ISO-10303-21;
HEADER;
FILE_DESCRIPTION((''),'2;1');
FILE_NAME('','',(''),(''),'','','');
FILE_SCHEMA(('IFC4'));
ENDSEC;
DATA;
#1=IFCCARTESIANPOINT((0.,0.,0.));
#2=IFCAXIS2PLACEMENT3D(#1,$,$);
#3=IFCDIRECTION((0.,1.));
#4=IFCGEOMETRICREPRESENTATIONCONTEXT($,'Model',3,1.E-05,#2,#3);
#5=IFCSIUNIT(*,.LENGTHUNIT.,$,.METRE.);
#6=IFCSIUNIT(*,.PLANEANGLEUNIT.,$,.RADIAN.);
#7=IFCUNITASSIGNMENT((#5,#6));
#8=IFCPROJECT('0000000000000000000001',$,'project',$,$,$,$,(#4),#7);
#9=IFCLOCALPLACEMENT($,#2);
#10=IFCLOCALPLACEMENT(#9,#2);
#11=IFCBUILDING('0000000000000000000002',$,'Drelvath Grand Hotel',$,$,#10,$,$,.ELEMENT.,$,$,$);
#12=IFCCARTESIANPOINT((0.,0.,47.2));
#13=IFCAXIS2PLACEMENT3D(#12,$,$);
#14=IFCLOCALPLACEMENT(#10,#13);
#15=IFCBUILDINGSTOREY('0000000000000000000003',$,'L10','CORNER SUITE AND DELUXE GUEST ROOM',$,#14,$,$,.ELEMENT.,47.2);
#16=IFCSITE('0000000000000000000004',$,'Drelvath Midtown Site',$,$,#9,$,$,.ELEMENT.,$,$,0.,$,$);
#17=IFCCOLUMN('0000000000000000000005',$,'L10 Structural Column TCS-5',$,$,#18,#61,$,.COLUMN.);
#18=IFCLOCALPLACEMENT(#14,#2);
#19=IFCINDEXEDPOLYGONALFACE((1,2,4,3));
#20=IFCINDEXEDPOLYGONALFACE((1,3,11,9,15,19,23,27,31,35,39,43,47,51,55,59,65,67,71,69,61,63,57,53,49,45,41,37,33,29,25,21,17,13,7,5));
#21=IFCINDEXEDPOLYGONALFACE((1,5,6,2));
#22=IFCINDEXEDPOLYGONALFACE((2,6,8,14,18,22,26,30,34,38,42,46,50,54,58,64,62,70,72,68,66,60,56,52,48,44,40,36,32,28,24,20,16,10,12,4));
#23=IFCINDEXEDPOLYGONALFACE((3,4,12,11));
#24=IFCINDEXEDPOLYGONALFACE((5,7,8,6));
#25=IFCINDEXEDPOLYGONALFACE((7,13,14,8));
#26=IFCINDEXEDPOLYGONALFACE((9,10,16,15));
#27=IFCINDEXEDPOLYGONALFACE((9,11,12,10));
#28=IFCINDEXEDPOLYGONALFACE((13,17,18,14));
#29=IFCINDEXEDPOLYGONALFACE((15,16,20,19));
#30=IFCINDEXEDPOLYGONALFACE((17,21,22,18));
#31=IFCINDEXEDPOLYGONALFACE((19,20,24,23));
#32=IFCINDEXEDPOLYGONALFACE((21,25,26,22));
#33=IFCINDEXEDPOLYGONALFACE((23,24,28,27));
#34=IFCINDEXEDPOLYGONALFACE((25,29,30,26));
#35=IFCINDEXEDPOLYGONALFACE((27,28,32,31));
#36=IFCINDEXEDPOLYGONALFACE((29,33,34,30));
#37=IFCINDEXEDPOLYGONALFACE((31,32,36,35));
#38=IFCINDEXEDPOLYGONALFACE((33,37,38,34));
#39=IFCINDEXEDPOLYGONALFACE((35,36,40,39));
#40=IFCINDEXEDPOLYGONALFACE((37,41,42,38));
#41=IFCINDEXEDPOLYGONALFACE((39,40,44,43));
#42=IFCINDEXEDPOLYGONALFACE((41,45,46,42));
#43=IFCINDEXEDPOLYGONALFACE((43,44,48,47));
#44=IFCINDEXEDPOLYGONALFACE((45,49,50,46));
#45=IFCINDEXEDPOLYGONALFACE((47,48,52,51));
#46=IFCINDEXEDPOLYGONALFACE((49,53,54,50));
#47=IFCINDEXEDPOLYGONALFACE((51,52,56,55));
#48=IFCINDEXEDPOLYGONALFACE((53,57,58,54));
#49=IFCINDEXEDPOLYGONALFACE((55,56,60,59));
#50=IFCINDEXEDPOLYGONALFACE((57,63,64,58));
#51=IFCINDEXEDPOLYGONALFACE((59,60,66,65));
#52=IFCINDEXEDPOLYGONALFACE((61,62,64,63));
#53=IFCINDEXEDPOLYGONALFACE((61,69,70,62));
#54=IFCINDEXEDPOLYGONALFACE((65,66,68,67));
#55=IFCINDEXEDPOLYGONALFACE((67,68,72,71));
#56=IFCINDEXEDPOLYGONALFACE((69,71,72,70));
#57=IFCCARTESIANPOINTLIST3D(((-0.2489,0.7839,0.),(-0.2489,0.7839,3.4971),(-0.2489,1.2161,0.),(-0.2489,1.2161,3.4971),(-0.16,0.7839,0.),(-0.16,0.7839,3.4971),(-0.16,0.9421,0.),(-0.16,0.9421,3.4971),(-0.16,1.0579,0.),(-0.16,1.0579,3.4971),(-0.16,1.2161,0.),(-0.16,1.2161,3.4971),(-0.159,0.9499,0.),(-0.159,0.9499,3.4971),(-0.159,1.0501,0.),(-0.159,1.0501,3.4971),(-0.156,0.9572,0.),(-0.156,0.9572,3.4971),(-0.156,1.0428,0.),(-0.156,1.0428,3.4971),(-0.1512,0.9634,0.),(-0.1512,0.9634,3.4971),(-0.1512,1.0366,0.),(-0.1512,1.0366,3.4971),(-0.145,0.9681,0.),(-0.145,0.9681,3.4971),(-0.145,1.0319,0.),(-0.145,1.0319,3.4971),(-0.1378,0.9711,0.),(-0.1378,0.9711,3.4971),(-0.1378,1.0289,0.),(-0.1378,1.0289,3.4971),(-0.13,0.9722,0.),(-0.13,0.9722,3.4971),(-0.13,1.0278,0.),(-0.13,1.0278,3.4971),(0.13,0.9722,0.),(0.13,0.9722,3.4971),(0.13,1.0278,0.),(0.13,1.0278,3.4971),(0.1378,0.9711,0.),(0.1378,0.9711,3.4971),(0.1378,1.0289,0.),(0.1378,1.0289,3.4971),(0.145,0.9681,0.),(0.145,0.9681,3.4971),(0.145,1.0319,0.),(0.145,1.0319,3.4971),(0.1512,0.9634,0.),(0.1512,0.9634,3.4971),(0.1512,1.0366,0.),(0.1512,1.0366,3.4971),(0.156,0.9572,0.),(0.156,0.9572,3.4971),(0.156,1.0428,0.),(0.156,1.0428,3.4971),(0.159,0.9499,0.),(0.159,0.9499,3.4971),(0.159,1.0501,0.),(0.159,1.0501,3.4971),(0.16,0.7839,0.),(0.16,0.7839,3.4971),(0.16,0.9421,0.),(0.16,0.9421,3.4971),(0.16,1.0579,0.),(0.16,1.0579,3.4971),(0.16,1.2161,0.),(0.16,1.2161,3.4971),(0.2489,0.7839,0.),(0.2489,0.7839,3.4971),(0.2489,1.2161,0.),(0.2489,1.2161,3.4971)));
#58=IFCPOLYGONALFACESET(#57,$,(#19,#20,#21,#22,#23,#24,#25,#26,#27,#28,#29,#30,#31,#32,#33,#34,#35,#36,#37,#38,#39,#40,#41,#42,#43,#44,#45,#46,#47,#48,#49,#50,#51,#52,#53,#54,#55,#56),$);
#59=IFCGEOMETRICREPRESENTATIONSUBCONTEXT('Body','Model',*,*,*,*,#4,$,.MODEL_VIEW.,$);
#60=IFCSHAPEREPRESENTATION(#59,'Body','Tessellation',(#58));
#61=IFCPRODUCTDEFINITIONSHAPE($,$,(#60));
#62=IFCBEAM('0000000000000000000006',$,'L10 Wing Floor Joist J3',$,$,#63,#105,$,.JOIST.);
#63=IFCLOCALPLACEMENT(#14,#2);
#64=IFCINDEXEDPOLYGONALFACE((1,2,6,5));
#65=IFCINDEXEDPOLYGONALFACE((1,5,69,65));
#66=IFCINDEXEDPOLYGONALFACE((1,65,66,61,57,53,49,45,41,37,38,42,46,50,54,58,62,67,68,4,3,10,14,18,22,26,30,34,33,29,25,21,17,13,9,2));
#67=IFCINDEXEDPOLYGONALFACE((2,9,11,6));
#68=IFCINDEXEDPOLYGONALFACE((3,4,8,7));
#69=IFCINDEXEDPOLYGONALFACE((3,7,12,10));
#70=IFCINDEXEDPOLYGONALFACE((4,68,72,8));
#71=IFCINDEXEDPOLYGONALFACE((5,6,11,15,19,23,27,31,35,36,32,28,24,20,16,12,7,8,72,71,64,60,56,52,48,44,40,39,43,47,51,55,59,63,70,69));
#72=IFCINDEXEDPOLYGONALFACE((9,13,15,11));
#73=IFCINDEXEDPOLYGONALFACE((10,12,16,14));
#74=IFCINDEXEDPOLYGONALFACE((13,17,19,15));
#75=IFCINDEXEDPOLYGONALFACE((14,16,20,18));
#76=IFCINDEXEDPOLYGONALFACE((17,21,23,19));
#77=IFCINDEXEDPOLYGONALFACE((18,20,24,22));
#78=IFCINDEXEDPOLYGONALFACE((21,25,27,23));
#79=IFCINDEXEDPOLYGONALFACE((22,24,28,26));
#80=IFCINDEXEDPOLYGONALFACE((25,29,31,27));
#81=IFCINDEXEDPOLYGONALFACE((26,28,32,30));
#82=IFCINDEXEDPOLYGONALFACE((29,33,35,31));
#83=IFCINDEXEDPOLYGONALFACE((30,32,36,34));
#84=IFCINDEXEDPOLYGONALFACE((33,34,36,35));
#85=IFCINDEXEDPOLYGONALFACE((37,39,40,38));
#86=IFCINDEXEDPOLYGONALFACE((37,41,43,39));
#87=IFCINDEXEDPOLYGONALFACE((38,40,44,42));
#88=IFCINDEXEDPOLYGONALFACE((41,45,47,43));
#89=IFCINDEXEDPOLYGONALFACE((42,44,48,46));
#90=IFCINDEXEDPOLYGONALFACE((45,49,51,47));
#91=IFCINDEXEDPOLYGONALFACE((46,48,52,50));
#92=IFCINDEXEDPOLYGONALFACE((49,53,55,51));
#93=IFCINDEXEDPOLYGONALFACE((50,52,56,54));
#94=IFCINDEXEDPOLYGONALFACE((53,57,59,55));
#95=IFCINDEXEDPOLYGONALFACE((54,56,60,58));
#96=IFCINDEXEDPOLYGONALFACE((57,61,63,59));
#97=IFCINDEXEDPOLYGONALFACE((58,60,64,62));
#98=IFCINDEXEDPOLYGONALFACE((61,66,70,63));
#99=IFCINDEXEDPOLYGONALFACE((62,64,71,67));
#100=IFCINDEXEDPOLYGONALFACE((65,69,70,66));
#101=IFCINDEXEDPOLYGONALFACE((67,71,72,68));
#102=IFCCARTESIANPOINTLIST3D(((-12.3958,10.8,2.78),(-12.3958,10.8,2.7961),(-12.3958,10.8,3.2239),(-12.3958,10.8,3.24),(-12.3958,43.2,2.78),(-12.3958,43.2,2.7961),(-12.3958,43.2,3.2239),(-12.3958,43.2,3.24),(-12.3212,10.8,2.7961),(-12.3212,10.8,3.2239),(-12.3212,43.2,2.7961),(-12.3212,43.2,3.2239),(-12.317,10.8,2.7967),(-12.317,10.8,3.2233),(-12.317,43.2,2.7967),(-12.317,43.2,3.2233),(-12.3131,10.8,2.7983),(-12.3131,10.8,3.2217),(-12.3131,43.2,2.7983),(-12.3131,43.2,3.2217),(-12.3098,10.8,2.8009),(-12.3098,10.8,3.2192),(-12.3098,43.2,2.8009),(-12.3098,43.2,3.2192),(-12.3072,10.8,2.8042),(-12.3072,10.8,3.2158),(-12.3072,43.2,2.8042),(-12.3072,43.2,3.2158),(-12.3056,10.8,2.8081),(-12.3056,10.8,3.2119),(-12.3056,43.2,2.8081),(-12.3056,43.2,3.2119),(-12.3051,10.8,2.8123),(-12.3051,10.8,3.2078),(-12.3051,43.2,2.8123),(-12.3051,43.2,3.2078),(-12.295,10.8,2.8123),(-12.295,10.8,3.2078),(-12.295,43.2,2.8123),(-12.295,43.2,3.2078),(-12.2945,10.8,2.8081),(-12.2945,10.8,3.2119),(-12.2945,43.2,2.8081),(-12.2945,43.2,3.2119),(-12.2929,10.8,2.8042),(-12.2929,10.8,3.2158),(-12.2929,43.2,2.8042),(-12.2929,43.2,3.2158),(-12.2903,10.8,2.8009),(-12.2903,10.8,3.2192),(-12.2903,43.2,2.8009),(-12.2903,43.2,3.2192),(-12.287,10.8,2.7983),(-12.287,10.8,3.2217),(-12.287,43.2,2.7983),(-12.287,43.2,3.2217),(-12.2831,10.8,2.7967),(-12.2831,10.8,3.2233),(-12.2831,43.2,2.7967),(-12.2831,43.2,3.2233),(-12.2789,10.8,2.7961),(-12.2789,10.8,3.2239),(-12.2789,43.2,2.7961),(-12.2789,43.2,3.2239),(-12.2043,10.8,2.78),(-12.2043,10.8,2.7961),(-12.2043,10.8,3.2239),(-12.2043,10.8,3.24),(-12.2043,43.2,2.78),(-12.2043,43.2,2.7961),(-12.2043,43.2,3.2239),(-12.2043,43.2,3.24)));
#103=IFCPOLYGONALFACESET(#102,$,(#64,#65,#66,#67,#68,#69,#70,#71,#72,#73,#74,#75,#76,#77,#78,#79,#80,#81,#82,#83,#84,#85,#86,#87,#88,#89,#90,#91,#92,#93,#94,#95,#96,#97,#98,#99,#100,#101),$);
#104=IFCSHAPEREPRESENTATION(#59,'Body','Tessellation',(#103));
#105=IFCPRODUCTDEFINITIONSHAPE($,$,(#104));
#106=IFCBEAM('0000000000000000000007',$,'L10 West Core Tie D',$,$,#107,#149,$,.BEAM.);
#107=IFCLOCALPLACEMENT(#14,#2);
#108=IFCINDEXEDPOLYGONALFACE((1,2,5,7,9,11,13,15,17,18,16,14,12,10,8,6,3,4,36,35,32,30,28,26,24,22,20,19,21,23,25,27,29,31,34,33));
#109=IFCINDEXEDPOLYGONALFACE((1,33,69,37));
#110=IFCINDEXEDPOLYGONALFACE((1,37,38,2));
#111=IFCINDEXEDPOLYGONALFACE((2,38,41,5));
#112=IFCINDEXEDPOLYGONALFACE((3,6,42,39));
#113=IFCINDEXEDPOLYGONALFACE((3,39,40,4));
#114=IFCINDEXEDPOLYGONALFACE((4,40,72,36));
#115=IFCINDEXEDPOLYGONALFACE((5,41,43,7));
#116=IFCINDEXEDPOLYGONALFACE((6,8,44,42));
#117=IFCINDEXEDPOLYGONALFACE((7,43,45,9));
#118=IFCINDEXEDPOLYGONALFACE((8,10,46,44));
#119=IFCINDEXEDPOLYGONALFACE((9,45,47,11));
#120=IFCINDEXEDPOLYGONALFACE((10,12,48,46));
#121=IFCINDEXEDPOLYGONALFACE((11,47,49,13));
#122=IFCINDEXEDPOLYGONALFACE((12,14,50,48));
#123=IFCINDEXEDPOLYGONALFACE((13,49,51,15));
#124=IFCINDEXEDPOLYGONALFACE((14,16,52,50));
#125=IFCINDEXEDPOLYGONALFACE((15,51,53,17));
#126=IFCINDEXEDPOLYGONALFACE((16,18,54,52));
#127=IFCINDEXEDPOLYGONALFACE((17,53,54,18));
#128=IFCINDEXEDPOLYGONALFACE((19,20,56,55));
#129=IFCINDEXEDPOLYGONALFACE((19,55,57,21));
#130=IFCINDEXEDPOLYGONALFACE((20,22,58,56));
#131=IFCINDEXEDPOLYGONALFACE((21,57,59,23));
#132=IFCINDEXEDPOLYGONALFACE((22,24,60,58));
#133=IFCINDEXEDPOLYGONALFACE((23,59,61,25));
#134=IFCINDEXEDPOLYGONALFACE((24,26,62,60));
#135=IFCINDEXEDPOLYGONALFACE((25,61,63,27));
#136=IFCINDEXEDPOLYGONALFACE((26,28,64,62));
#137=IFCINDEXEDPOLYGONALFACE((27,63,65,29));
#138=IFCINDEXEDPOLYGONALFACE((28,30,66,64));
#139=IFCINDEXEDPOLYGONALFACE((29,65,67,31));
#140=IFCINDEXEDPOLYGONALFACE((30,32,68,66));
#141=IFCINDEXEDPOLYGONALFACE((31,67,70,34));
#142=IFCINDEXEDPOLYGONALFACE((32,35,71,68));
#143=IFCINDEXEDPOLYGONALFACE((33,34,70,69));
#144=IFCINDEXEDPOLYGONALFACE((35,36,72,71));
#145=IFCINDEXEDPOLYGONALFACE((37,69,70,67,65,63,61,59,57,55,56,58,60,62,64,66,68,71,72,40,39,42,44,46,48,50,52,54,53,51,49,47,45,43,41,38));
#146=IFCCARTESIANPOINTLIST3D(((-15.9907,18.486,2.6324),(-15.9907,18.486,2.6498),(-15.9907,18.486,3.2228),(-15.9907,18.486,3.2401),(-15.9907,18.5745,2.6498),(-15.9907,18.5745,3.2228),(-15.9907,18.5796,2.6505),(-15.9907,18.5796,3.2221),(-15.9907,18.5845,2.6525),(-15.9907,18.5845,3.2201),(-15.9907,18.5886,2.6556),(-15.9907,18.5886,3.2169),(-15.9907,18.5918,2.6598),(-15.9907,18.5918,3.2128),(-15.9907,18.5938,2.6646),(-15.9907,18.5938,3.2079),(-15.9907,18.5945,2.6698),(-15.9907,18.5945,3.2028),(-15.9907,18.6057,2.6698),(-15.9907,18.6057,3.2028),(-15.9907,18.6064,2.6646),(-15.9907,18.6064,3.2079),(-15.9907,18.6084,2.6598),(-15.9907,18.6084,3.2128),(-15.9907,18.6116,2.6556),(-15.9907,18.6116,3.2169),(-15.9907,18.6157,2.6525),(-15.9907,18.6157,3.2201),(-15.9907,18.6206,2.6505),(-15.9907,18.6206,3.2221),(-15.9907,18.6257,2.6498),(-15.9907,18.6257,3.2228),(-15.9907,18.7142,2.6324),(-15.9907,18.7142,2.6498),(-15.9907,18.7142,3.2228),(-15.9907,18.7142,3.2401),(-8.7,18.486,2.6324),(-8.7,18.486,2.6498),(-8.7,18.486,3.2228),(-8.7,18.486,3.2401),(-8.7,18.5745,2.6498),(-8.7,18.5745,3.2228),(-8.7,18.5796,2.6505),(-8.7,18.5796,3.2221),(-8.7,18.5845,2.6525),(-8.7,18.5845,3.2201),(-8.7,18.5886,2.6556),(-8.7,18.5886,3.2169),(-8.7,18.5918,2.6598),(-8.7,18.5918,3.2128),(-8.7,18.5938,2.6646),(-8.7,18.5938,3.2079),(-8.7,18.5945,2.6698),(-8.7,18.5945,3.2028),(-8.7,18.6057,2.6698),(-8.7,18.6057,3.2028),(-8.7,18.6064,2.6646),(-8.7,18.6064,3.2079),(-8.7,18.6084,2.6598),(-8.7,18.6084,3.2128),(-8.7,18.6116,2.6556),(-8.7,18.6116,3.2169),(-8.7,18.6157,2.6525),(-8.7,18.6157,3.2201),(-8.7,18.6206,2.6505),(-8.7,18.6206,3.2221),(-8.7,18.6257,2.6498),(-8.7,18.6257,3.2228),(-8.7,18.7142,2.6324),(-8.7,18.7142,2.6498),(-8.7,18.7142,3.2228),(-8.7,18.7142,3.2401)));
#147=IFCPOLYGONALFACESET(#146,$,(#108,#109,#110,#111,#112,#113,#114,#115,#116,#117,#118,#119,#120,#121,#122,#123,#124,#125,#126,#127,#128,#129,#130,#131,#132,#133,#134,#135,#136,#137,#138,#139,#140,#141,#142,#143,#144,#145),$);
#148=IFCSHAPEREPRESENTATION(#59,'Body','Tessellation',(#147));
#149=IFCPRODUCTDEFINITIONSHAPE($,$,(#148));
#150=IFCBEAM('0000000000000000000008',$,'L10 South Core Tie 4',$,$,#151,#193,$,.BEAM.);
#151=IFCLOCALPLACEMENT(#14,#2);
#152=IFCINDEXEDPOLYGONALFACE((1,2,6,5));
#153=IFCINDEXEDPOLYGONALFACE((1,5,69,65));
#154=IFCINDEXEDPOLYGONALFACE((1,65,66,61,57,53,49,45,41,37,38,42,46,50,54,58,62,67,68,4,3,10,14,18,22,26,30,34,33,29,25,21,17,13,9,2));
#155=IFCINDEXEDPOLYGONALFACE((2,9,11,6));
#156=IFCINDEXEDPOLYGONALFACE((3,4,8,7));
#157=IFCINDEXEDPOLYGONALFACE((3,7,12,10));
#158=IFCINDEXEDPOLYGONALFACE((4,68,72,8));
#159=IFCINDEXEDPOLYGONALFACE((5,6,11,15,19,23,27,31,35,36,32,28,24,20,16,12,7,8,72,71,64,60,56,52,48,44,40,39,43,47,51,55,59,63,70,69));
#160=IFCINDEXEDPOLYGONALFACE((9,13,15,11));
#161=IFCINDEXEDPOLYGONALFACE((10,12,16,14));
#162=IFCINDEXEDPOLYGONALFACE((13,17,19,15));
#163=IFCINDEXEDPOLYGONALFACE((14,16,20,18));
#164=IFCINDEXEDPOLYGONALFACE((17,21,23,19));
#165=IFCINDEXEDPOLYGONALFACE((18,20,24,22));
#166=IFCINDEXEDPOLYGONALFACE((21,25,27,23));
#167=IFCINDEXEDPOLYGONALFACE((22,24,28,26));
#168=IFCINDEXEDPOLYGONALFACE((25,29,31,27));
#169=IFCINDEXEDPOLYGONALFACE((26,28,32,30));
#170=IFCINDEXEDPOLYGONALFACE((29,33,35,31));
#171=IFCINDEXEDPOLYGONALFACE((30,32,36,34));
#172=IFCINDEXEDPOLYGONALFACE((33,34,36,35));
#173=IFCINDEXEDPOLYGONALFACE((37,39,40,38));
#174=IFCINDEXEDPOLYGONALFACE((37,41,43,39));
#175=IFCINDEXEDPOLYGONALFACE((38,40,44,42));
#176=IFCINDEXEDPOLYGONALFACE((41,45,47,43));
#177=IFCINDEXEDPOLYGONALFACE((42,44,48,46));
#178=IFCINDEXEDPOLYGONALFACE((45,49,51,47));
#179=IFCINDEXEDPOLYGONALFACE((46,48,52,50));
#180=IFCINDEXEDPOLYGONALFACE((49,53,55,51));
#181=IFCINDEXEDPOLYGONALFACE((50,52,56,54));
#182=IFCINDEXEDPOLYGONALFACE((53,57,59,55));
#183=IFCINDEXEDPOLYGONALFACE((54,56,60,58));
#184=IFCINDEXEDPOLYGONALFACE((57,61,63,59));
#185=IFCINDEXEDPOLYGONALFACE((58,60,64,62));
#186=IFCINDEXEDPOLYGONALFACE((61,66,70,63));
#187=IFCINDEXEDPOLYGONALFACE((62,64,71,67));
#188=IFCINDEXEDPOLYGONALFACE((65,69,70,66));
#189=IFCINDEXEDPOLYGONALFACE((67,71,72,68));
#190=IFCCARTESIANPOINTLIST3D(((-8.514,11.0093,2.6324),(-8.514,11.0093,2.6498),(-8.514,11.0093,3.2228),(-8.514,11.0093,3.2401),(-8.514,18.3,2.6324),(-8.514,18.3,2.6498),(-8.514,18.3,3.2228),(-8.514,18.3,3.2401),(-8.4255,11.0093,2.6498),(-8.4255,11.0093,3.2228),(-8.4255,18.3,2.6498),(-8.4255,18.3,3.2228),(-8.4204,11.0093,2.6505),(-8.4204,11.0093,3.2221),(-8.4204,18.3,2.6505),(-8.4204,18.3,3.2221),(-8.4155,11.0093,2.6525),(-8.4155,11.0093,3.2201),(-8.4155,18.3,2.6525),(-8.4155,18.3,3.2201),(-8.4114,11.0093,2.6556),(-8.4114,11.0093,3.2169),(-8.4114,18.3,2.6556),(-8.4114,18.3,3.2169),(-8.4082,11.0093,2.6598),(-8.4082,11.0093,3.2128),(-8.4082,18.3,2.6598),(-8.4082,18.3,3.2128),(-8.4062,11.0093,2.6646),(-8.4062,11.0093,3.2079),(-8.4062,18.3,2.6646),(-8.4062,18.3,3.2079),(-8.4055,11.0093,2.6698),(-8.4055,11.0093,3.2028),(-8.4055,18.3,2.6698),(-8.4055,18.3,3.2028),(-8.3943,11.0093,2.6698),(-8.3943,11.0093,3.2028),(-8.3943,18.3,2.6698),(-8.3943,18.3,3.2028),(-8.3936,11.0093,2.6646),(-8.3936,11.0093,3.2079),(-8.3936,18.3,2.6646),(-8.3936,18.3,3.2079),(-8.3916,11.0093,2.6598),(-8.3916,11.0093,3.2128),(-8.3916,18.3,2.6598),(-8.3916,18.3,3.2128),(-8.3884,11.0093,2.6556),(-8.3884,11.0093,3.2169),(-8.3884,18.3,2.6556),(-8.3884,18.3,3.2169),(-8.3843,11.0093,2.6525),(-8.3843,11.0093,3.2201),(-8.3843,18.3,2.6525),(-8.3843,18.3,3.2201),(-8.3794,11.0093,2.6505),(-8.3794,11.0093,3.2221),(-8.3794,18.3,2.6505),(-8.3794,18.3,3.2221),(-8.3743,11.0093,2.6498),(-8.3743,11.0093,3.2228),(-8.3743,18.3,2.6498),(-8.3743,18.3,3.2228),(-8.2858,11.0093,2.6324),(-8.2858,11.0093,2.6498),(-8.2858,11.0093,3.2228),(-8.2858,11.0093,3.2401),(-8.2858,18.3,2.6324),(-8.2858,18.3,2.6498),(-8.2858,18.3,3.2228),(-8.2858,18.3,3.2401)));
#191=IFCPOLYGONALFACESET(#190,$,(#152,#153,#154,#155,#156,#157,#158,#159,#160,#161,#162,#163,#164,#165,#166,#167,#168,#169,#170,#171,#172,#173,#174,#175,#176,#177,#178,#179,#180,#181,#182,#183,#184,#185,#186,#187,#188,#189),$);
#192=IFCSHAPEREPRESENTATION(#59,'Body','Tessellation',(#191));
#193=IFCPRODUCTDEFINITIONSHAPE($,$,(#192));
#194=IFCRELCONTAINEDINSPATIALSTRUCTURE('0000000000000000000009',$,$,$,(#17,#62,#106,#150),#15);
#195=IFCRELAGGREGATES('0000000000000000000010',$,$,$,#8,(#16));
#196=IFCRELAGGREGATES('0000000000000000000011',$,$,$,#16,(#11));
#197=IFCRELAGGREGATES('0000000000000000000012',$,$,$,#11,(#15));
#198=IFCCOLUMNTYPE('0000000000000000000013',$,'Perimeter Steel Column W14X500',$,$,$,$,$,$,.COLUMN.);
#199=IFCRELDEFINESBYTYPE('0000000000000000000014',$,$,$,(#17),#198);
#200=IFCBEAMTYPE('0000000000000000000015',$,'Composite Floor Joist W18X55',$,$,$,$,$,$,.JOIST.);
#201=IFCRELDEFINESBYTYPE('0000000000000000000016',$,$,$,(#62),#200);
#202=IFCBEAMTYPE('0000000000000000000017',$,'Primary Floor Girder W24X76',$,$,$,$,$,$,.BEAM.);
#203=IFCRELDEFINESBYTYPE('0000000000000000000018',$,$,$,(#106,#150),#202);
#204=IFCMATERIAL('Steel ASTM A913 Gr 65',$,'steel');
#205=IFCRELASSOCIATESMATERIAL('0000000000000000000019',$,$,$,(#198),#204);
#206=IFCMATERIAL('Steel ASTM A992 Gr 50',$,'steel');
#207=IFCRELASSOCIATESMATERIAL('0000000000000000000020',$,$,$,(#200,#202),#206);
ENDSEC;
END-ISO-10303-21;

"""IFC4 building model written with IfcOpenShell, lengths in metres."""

from ifc_helpers import new_model, si_unit, direction, frame, origin, origin_2d, place, context, subcontext, project, spatial, i_section, extrude, material, material_profile, profile_set, type_object, element, save


model = new_model("IFC4")

# Units and contexts
model_context = context("Model", 3, precision=1e-05, world=origin(), true_north=direction((0.0, 1.0)))
body_context = subcontext(model_context, "Body", "Model", "MODEL_VIEW")
ifc_project = project(units=[si_unit("LENGTHUNIT", "METRE"), si_unit("PLANEANGLEUNIT", "RADIAN")], contexts=[model_context])

# Site, building, storey
site_placement = place(None, origin())
site = spatial("IfcSite", under=ifc_project, at=site_placement, Name="Drelvath Midtown Site", CompositionType="ELEMENT", RefElevation=0.0)
building_placement = place(site_placement, origin())
building = spatial("IfcBuilding", under=site, at=building_placement, Name="Drelvath Grand Hotel", CompositionType="ELEMENT")
storey_placement = place(building_placement, frame((0.0, 0.0, 47.2)))
storey = spatial("IfcBuildingStorey", under=building, at=storey_placement, Name="L10", Description="CORNER SUITE AND DELUXE GUEST ROOM", CompositionType="ELEMENT", Elevation=47.2)

# Column
ifc_material_1 = material(Name="Steel ASTM A913 Gr 65", Category="steel")
ifc_material_profile_1 = material_profile(ifc_material_1, i_section(OverallWidth=0.4321, OverallDepth=0.4978, WebThickness=0.0557, FlangeThickness=0.0889, FilletRadius=0.03, at=origin_2d()), Name="W14X500")
ifc_profile_set_1 = profile_set([ifc_material_profile_1], Name="Steel ASTM A913 Gr 65")
column_type = type_object("IfcColumnType", Name="Perimeter Steel Column W14X500", PredefinedType="COLUMN", material=ifc_profile_set_1)
column_placement = place(storey_placement, frame((0.0, 1.0, 0.0), z_axis=(0.0, 0.0, 1.0), x_axis=(0.0, 1.0, 0.0)))
element("IfcColumn", 1, at=column_placement, inside=storey, type_object=column_type, Name="L10 Structural Column TCS-5", PredefinedType="COLUMN", context=body_context, shape_type="SweptSolid", body=[
    extrude(i_section(OverallWidth=0.4321, OverallDepth=0.4978, WebThickness=0.0557, FlangeThickness=0.0889, FilletRadius=0.03, at=origin_2d()), origin(), (0.0, 0.0, 1.0), 3.4971),
])

# Beams
ifc_material_2 = material(Name="Steel ASTM A992 Gr 50", Category="steel")
ifc_material_profile_2 = material_profile(ifc_material_2, i_section(OverallWidth=0.1914, OverallDepth=0.46, WebThickness=0.01, FlangeThickness=0.0161, FilletRadius=0.0161, at=origin_2d()), Name="W18X55")
ifc_profile_set_2 = profile_set([ifc_material_profile_2], Name="Steel ASTM A992 Gr 50")
beam_type_1 = type_object("IfcBeamType", Name="Composite Floor Joist W18X55", PredefinedType="JOIST", material=ifc_profile_set_2)
beam_1_placement = place(storey_placement, frame((-12.3, 10.8, 3.01), z_axis=(0.0, 1.0, 0.0), x_axis=(-1.0, 0.0, 0.0)))
element("IfcBeam", 2, at=beam_1_placement, inside=storey, type_object=beam_type_1, Name="L10 Wing Floor Joist J3", PredefinedType="JOIST", context=body_context, shape_type="SweptSolid", body=[
    extrude(i_section(OverallWidth=0.1914, OverallDepth=0.46, WebThickness=0.01, FlangeThickness=0.0161, FilletRadius=0.0161, at=origin_2d()), origin(), (0.0, 0.0, 1.0), 32.3999),
])
ifc_material_profile_3 = material_profile(ifc_material_2, i_section(OverallWidth=0.2283, OverallDepth=0.6077, WebThickness=0.0112, FlangeThickness=0.0173, FilletRadius=0.02, at=origin_2d()), Name="W24X76")
ifc_profile_set_3 = profile_set([ifc_material_profile_3], Name="Steel ASTM A992 Gr 50")
beam_type_2 = type_object("IfcBeamType", Name="Primary Floor Girder W24X76", PredefinedType="BEAM", material=ifc_profile_set_3)
for number, where, z_axis, x_axis, name in (
    (3, (-15.9907, 18.6001, 2.9363), (1.0, 0.0, 0.0), (0.0, 1.0, 0.0), "L10 West Core Tie D"),
    (4, (-8.3999, 11.0093, 2.9363), (0.0, 1.0, 0.0), (-1.0, 0.0, 0.0), "L10 South Core Tie 4"),
):
    element("IfcBeam", number, at=place(storey_placement, frame(where, z_axis=z_axis, x_axis=x_axis)), inside=storey, type_object=beam_type_2, Name=name, PredefinedType="BEAM", context=body_context, shape_type="SweptSolid", body=[
        extrude(i_section(OverallWidth=0.2283, OverallDepth=0.6077, WebThickness=0.0112, FlangeThickness=0.0173, FilletRadius=0.02, at=origin_2d()), origin(), (0.0, 0.0, 1.0), 7.2908),
    ])

save(model, "model.ifc")
